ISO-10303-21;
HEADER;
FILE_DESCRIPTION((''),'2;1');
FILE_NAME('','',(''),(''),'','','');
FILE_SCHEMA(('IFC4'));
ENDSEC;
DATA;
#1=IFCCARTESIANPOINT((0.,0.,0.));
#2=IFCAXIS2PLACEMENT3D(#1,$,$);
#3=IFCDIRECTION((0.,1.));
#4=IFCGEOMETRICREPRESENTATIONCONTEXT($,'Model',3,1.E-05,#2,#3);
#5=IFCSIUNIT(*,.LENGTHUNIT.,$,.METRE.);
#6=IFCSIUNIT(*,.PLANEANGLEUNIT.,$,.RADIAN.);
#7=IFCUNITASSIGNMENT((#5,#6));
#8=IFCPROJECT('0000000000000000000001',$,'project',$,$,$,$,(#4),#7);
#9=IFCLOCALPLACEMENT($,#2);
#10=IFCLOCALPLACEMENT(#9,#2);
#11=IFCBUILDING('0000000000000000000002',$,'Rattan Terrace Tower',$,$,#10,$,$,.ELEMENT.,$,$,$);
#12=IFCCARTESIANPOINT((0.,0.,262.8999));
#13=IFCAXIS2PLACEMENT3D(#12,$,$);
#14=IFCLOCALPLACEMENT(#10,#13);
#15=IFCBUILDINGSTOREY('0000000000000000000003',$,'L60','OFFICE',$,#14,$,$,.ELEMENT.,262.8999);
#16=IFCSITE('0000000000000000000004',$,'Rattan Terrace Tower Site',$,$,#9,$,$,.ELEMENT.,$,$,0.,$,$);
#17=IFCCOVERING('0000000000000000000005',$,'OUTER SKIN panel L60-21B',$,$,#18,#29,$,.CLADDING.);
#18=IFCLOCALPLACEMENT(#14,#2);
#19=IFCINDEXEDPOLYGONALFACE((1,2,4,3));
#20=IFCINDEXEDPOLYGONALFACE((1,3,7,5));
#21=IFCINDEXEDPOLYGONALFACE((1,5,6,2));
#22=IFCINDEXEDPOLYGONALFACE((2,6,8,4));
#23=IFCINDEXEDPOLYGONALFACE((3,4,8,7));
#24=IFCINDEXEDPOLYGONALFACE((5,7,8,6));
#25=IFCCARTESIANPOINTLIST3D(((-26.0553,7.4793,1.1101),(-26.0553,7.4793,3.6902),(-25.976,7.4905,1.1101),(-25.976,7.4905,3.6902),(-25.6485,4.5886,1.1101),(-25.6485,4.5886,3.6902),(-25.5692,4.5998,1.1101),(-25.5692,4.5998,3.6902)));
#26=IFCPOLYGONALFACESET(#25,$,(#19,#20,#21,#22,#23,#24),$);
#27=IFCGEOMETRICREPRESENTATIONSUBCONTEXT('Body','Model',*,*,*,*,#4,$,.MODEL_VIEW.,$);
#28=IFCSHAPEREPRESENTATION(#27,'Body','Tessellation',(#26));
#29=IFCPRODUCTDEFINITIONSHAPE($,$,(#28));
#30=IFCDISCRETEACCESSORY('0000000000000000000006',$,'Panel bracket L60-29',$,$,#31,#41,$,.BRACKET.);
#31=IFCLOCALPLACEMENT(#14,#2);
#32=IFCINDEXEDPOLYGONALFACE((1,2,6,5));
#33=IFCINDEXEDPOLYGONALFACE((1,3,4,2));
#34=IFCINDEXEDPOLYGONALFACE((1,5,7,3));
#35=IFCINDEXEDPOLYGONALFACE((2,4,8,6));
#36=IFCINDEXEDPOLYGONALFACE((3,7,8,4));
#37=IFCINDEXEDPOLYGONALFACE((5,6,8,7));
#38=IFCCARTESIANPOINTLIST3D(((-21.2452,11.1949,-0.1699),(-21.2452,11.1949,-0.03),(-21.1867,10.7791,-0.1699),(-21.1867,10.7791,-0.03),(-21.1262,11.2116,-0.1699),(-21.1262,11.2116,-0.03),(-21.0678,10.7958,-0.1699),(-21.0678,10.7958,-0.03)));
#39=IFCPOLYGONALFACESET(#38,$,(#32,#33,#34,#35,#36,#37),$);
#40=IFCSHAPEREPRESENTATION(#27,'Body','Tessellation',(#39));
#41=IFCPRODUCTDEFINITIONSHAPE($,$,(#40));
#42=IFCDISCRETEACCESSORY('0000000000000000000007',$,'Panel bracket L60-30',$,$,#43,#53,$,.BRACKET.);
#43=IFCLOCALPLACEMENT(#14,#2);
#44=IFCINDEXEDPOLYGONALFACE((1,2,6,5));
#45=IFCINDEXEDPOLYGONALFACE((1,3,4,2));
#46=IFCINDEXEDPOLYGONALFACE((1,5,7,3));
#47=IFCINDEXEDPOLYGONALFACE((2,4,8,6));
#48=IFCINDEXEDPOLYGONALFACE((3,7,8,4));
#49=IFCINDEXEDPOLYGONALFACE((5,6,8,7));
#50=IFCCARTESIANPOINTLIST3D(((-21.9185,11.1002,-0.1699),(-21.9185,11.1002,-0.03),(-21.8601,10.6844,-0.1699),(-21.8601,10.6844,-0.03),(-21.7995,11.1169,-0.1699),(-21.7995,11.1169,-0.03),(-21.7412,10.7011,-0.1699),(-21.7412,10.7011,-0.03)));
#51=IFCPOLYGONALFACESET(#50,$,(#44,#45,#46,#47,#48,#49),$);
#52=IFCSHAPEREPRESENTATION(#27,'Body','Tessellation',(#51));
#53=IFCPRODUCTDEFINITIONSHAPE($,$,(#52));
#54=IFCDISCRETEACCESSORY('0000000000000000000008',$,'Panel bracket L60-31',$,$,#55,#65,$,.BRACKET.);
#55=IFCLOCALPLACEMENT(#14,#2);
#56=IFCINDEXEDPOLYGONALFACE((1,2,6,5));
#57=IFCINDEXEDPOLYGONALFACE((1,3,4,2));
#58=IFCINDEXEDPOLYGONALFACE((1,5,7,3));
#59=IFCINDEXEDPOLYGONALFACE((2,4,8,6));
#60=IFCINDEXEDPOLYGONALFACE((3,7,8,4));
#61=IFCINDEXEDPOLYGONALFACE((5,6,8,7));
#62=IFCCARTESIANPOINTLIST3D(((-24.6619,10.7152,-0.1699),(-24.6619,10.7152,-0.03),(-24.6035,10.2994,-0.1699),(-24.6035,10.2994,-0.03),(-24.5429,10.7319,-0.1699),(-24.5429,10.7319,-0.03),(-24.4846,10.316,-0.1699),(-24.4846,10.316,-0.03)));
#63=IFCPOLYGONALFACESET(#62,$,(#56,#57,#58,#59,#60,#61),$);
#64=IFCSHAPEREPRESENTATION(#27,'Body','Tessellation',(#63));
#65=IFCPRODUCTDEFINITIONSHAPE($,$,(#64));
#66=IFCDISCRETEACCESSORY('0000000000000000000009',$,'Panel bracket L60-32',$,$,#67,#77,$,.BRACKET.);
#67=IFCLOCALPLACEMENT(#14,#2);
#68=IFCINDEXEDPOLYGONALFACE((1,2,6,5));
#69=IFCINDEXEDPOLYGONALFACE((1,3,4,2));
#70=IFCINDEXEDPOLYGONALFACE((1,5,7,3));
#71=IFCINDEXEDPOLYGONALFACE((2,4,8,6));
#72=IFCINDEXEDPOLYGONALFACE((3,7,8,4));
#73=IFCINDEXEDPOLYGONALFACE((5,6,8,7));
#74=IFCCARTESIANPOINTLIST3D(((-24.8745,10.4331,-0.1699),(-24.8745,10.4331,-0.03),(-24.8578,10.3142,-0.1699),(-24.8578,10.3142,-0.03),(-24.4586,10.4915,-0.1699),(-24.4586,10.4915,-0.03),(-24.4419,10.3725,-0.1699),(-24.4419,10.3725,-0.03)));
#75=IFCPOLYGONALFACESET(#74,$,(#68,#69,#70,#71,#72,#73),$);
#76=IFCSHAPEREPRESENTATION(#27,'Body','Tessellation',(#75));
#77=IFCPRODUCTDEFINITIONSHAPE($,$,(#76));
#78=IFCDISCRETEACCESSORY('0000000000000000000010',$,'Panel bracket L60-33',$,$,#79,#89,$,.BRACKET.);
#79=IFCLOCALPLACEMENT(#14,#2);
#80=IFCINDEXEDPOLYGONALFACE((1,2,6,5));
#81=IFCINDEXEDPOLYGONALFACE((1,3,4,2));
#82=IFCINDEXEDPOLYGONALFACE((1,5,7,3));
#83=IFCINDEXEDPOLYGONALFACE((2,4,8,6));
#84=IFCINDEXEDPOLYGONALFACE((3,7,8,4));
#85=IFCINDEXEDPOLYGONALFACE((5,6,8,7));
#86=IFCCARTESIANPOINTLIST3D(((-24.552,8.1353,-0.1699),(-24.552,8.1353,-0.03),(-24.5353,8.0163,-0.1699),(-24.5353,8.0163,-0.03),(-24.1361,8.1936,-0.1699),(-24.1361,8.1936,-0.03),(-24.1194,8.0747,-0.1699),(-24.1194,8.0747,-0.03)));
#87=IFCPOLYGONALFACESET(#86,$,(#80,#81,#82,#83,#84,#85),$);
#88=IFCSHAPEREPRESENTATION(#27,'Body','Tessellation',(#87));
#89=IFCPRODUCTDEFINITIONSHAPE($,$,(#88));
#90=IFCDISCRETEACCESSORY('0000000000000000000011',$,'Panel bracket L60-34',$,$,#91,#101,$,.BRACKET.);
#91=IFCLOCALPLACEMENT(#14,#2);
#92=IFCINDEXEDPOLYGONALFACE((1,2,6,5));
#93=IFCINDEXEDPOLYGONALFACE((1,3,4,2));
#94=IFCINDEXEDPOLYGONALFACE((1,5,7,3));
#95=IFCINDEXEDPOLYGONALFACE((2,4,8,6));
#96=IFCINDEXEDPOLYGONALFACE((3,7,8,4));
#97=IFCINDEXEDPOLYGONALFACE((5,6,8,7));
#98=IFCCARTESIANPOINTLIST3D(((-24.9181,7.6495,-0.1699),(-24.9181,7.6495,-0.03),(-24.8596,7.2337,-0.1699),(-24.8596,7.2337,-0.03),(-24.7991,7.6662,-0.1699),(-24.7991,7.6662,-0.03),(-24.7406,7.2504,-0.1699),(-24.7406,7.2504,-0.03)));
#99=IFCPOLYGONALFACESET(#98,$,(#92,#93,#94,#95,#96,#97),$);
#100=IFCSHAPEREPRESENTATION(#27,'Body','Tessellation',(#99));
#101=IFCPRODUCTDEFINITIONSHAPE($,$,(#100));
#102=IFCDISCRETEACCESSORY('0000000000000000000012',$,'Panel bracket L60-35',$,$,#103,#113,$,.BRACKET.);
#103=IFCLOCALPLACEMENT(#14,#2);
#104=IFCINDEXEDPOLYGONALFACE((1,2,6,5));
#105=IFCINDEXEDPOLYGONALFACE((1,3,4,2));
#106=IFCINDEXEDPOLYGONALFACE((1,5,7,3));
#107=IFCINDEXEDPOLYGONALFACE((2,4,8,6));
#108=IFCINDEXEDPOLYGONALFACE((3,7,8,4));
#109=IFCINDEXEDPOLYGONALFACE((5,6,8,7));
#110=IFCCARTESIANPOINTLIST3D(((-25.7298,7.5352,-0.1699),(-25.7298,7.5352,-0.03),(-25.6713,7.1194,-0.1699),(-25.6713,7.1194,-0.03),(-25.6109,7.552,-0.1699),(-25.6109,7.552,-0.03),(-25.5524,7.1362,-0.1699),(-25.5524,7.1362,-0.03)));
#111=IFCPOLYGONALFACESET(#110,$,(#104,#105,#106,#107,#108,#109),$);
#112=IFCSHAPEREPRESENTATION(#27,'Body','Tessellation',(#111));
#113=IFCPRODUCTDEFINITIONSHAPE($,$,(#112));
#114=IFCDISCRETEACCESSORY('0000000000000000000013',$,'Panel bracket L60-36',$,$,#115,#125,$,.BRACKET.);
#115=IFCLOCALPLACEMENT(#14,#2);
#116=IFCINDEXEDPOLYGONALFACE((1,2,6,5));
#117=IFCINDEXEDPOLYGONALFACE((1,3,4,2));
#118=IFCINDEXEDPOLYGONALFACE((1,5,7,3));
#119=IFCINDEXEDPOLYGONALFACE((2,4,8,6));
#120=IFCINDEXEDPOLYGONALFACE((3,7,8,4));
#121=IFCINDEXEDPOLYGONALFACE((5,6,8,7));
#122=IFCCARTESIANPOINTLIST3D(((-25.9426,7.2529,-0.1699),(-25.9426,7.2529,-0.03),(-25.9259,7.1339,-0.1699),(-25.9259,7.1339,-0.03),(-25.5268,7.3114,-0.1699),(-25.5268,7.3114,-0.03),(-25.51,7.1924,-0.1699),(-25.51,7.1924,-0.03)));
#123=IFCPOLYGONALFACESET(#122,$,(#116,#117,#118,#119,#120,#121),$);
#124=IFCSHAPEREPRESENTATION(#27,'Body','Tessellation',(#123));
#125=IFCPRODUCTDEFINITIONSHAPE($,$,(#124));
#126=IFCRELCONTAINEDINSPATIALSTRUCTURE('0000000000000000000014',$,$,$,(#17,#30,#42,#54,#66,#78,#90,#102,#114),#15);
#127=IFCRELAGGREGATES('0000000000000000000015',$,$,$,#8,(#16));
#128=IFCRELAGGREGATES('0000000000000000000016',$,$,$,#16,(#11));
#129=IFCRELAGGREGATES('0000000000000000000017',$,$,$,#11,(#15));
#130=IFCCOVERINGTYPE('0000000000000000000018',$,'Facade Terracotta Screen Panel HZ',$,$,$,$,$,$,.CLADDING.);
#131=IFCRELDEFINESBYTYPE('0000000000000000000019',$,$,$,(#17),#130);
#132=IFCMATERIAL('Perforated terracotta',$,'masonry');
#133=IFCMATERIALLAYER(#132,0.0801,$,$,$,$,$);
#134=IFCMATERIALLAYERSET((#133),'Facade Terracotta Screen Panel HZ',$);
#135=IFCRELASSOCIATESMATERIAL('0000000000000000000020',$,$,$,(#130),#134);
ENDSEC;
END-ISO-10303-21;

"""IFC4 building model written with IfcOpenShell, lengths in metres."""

from ifc_helpers import new_model, si_unit, direction, frame, origin, origin_2d, place, context, subcontext, project, spatial, rectangle, extrude, material, layer, layer_set, type_object, element, save


model = new_model("IFC4")

# Units and contexts
model_context = context("Model", 3, precision=1e-05, world=origin(), true_north=direction((0.0, 1.0)))
body_context = subcontext(model_context, "Body", "Model", "MODEL_VIEW")
ifc_project = project(units=[si_unit("LENGTHUNIT", "METRE"), si_unit("PLANEANGLEUNIT", "RADIAN")], contexts=[model_context])

# Site, building, storey
site_placement = place(None, origin())
site = spatial("IfcSite", under=ifc_project, at=site_placement, Name="Rattan Terrace Tower Site", CompositionType="ELEMENT", RefElevation=0.0)
building_placement = place(site_placement, origin())
building = spatial("IfcBuilding", under=site, at=building_placement, Name="Rattan Terrace Tower", CompositionType="ELEMENT")
storey_placement = place(building_placement, frame((0.0, 0.0, 262.8999)))
storey = spatial("IfcBuildingStorey", under=building, at=storey_placement, Name="L60", Description="OFFICE", CompositionType="ELEMENT", Elevation=262.8999)

# Covering
ifc_material_1 = material(Name="Perforated terracotta", Category="masonry")
ifc_layer_1 = layer(ifc_material_1, 0.0801)
ifc_layer_set_1 = layer_set([ifc_layer_1], Name="Facade Terracotta Screen Panel HZ")
covering_type_1 = type_object("IfcCoveringType", Name="Facade Terracotta Screen Panel HZ", PredefinedType="CLADDING", material=ifc_layer_set_1)
covering_1_placement = place(storey_placement, frame((-25.8123, 6.0396, 1.1101), z_axis=(0.0, 0.0, 1.0), x_axis=(0.139367, -0.990241, 0.0)))
element("IfcCovering", 1, at=covering_1_placement, inside=storey, type_object=covering_type_1, Name="OUTER SKIN panel L60-21B", PredefinedType="CLADDING", context=body_context, shape_type="SweptSolid", body=[
    extrude(rectangle(XDim=2.9192, YDim=0.0801, at=origin_2d()), origin(), (0.0, 0.0, 1.0), 2.5801),
])

# Discrete accessories
for number, where, z_axis, x_axis, name in (
    (2, (-21.1565, 10.9954, -0.1699), (0.0, 0.0, 1.0), (-0.990266, -0.139189, 0.0), "Panel bracket L60-29"),
    (3, (-21.8298, 10.9006, -0.1699), (0.0, 0.0, 1.0), (-0.990293, -0.138994, 0.0), "Panel bracket L60-30"),
    (4, (-24.5732, 10.5156, -0.1699), (0.0, 0.0, 1.0), (-0.990293, -0.138994, 0.0), "Panel bracket L60-31"),
    (5, (-24.6582, 10.4028, -0.1699), (0.0, 0.0, 1.0), (0.138994, -0.990293, 0.0), "Panel bracket L60-32"),
    (6, (-24.3357, 8.105, -0.1699), (0.0, 0.0, 1.0), (0.138994, -0.990293, 0.0), "Panel bracket L60-33"),
    (7, (-24.8293, 7.45, -0.1699), (0.0, 0.0, 1.0), (-0.990241, -0.139367, 0.0), "Panel bracket L60-34"),
    (8, (-25.6411, 7.3357, -0.1699), (0.0, 0.0, 1.0), (-0.990241, -0.139367, 0.0), "Panel bracket L60-35"),
    (9, (-25.7263, 7.2227, -0.1699), (0.0, 0.0, 1.0), (0.139367, -0.990241, 0.0), "Panel bracket L60-36"),
):
    element("IfcDiscreteAccessory", number, at=place(storey_placement, frame(where, z_axis=z_axis, x_axis=x_axis)), inside=storey, Name=name, PredefinedType="BRACKET", context=body_context, shape_type="SweptSolid", body=[
        extrude(rectangle(XDim=0.1201, YDim=0.4199, at=origin_2d()), origin(), (0.0, 0.0, 1.0), 0.1399),
    ])

save(model, "model.ifc")
